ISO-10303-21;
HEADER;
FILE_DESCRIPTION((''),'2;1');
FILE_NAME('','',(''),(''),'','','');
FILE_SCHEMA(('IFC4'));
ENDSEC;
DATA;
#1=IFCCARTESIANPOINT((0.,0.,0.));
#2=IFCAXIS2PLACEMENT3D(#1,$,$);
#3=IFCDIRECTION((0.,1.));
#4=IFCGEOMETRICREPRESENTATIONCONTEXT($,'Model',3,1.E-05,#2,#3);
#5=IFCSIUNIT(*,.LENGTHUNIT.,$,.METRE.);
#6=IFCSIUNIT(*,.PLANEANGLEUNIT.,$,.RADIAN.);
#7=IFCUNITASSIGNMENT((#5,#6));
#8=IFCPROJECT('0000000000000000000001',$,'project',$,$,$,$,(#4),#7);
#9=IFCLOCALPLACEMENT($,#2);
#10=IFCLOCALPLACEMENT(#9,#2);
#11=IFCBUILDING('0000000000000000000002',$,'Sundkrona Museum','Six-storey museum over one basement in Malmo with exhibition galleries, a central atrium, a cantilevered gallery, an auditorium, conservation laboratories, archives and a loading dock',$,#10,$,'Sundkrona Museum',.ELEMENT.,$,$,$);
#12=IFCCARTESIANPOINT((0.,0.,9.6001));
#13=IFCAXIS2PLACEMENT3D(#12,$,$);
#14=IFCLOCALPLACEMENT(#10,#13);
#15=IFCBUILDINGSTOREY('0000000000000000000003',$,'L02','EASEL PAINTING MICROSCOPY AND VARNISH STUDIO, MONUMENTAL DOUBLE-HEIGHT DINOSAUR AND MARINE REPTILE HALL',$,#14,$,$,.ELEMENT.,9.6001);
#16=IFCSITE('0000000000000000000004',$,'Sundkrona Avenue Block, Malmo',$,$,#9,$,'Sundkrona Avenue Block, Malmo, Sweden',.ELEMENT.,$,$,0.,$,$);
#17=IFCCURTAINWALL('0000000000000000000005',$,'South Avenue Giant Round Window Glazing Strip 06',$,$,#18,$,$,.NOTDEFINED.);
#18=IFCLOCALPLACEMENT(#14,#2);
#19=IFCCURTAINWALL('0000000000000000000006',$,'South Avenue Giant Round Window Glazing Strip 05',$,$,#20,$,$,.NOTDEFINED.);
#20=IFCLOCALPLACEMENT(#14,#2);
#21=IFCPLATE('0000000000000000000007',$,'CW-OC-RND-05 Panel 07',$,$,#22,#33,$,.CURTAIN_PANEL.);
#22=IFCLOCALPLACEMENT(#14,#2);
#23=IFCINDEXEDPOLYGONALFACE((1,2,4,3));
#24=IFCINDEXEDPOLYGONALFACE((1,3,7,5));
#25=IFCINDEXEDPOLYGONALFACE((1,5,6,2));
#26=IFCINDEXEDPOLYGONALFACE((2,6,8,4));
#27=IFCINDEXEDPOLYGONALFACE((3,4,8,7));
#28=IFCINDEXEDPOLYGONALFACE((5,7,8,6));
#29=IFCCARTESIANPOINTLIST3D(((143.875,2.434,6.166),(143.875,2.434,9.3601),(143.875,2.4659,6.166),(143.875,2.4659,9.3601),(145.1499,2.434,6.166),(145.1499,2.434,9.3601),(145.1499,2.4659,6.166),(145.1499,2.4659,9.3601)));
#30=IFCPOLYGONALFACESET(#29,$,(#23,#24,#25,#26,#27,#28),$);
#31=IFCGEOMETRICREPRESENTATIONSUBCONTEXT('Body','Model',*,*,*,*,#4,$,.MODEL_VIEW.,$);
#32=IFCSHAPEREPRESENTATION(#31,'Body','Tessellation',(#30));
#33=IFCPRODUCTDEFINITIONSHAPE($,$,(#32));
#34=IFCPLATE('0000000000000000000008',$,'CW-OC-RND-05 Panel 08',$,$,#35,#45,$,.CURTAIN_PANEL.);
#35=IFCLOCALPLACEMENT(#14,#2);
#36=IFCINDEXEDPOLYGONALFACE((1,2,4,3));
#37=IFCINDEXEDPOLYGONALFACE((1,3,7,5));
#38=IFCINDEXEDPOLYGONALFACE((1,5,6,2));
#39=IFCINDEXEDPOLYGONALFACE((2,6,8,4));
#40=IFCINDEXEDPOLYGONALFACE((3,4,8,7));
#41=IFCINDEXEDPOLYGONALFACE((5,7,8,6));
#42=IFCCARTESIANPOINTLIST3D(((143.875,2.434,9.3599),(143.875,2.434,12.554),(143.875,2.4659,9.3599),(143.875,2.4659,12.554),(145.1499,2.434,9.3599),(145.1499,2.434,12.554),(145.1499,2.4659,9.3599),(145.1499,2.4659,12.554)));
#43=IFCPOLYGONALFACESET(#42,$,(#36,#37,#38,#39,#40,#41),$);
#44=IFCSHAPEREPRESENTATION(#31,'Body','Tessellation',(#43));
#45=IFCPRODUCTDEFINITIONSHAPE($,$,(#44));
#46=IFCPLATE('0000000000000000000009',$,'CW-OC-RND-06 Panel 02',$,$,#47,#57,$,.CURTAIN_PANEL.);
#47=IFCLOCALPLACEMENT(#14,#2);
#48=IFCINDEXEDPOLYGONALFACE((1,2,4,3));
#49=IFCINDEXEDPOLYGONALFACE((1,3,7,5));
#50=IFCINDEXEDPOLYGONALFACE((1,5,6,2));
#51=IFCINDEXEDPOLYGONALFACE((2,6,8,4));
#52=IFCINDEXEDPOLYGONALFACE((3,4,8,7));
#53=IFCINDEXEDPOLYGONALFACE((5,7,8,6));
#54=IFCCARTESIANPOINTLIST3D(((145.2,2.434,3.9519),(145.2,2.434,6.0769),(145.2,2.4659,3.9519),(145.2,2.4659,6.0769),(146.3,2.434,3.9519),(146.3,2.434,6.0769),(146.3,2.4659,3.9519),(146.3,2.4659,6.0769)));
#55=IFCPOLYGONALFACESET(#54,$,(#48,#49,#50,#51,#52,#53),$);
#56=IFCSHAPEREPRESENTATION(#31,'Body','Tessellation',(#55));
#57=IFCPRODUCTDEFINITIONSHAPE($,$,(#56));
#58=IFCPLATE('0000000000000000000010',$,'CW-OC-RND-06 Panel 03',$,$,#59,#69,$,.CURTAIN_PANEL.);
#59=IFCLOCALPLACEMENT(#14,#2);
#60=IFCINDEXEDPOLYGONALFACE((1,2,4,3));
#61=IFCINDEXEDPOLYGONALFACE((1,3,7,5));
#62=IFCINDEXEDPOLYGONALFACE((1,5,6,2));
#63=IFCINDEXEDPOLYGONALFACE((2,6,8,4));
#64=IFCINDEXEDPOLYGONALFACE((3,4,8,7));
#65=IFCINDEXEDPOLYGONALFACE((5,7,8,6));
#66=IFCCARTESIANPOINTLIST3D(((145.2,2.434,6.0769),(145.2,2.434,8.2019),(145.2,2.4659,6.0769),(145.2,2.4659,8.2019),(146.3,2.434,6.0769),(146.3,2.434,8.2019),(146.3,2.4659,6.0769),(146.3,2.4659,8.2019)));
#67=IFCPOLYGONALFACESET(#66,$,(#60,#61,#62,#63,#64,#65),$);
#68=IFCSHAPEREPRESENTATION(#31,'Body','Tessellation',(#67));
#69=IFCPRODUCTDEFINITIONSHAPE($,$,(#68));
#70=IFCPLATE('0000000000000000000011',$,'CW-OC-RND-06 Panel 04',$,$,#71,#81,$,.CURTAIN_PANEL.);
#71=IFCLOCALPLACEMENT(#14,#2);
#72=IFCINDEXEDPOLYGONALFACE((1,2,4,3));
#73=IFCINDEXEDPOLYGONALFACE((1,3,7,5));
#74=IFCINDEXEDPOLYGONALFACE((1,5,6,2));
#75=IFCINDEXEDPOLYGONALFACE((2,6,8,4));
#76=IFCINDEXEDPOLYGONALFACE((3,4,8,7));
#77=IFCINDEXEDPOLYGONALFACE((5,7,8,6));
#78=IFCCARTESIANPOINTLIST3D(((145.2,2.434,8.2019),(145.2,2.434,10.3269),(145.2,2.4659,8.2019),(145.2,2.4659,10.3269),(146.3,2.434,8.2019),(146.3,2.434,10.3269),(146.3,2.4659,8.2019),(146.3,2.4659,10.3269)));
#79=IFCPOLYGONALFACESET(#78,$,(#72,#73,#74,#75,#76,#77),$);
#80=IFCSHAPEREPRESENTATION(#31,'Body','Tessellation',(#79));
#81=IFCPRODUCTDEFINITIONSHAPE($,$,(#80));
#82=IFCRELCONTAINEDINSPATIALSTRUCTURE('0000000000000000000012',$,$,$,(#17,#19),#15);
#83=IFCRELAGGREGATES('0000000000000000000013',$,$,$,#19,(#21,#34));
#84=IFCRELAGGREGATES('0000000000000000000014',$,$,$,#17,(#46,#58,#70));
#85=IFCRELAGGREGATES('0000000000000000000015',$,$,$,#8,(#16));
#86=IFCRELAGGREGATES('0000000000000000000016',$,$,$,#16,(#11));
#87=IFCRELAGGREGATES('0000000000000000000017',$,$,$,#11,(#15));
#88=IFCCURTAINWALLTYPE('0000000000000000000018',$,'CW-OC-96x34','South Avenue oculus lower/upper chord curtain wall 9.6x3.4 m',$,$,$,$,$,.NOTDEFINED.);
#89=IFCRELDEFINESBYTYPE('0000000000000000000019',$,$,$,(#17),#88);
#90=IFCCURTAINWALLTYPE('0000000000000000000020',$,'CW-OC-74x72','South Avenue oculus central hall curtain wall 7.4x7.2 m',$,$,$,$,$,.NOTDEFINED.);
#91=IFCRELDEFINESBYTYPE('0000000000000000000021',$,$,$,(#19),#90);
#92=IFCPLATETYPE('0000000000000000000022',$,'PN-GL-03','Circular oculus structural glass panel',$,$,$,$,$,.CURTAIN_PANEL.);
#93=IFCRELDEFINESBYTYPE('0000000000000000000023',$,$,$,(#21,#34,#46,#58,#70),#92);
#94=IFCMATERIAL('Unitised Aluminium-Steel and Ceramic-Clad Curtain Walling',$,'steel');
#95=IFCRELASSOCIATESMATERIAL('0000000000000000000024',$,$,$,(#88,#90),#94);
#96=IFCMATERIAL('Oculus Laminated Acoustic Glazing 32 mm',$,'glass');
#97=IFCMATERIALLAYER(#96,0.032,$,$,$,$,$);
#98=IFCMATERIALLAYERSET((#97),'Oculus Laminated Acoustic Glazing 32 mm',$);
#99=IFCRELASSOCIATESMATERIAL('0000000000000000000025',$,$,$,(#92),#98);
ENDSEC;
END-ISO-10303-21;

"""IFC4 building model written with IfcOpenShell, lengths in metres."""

from ifc_helpers import new_model, si_unit, direction, frame, origin, origin_2d, place, context, subcontext, project, spatial, rectangle, extrude, material, layer, layer_set, type_object, element, aggregate, save


model = new_model("IFC4")

# Units and contexts
model_context = context("Model", 3, precision=1e-05, world=origin(), true_north=direction((0.0, 1.0)))
body_context = subcontext(model_context, "Body", "Model", "MODEL_VIEW")
ifc_project = project(units=[si_unit("LENGTHUNIT", "METRE"), si_unit("PLANEANGLEUNIT", "RADIAN")], contexts=[model_context])

# Site, building, storey
site_placement = place(None, origin())
site = spatial("IfcSite", under=ifc_project, at=site_placement, Name="Sundkrona Avenue Block, Malmo", LongName="Sundkrona Avenue Block, Malmo, Sweden", CompositionType="ELEMENT", RefElevation=0.0)
building_placement = place(site_placement, origin())
building = spatial("IfcBuilding", under=site, at=building_placement, Name="Sundkrona Museum", Description="Six-storey museum over one basement in Malmo with exhibition galleries, a central atrium, a cantilevered gallery, an auditorium, conservation laboratories, archives and a loading dock", LongName="Sundkrona Museum", CompositionType="ELEMENT")
storey_placement = place(building_placement, frame((0.0, 0.0, 9.6001)))
storey = spatial("IfcBuildingStorey", under=building, at=storey_placement, Name="L02", Description="EASEL PAINTING MICROSCOPY AND VARNISH STUDIO, MONUMENTAL DOUBLE-HEIGHT DINOSAUR AND MARINE REPTILE HALL", CompositionType="ELEMENT", Elevation=9.6001)

# Curtain walls
ifc_material_1 = material(Name="Unitised Aluminium-Steel and Ceramic-Clad Curtain Walling", Category="steel")
curtain_wall_type_1 = type_object("IfcCurtainWallType", Name="CW-OC-96x34", Description="South Avenue oculus lower/upper chord curtain wall 9.6x3.4 m", PredefinedType="NOTDEFINED", material=ifc_material_1)
curtain_wall_1_placement = place(storey_placement, origin())
curtain_wall_1 = element("IfcCurtainWall", 1, at=curtain_wall_1_placement, inside=storey, type_object=curtain_wall_type_1, Name="South Avenue Giant Round Window Glazing Strip 06", PredefinedType="NOTDEFINED")
curtain_wall_type_2 = type_object("IfcCurtainWallType", Name="CW-OC-74x72", Description="South Avenue oculus central hall curtain wall 7.4x7.2 m", PredefinedType="NOTDEFINED", material=ifc_material_1)
curtain_wall_2_placement = place(storey_placement, origin())
curtain_wall_2 = element("IfcCurtainWall", 2, at=curtain_wall_2_placement, inside=storey, type_object=curtain_wall_type_2, Name="South Avenue Giant Round Window Glazing Strip 05", PredefinedType="NOTDEFINED")

# Shared definitions
ifc_material_2 = material(Name="Oculus Laminated Acoustic Glazing 32 mm", Category="glass")
ifc_layer = layer(ifc_material_2, 0.032)
ifc_layer_set = layer_set([ifc_layer], Name="Oculus Laminated Acoustic Glazing 32 mm")
plate_type = type_object("IfcPlateType", Name="PN-GL-03", Description="Circular oculus structural glass panel", PredefinedType="CURTAIN_PANEL", material=ifc_layer_set)

# Plates
plate_1_placement = place(storey_placement, frame((144.5125, 2.45, 6.166), z_axis=(0.0, 0.0, 1.0), x_axis=(1.0, 0.0, 0.0)))
plate_1 = element("IfcPlate", 3, at=plate_1_placement, type_object=plate_type, Name="CW-OC-RND-05 Panel 07", PredefinedType="CURTAIN_PANEL", context=body_context, shape_type="SweptSolid", body=[
    extrude(rectangle(XDim=1.2749, YDim=0.032, at=origin_2d()), origin(), (0.0, 0.0, 1.0), 3.1941),
])
plate_2_placement = place(storey_placement, frame((144.5125, 2.45, 9.3599), z_axis=(0.0, 0.0, 1.0), x_axis=(1.0, 0.0, 0.0)))
plate_2 = element("IfcPlate", 4, at=plate_2_placement, type_object=plate_type, Name="CW-OC-RND-05 Panel 08", PredefinedType="CURTAIN_PANEL", context=body_context, shape_type="SweptSolid", body=[
    extrude(rectangle(XDim=1.2749, YDim=0.032, at=origin_2d()), origin(), (0.0, 0.0, 1.0), 3.1941),
])
aggregate(curtain_wall_2, [plate_1, plate_2])
plate_3_placement = place(storey_placement, frame((145.75, 2.45, 3.9519), z_axis=(0.0, 0.0, 1.0), x_axis=(1.0, 0.0, 0.0)))
plate_3 = element("IfcPlate", 5, at=plate_3_placement, type_object=plate_type, Name="CW-OC-RND-06 Panel 02", PredefinedType="CURTAIN_PANEL", context=body_context, shape_type="SweptSolid", body=[
    extrude(rectangle(XDim=1.1001, YDim=0.032, at=origin_2d()), origin(), (0.0, 0.0, 1.0), 2.125),
])
plate_4_placement = place(storey_placement, frame((145.75, 2.45, 6.0769), z_axis=(0.0, 0.0, 1.0), x_axis=(1.0, 0.0, 0.0)))
plate_4 = element("IfcPlate", 6, at=plate_4_placement, type_object=plate_type, Name="CW-OC-RND-06 Panel 03", PredefinedType="CURTAIN_PANEL", context=body_context, shape_type="SweptSolid", body=[
    extrude(rectangle(XDim=1.1001, YDim=0.032, at=origin_2d()), origin(), (0.0, 0.0, 1.0), 2.125),
])
plate_5_placement = place(storey_placement, frame((145.75, 2.45, 8.2019), z_axis=(0.0, 0.0, 1.0), x_axis=(1.0, 0.0, 0.0)))
plate_5 = element("IfcPlate", 7, at=plate_5_placement, type_object=plate_type, Name="CW-OC-RND-06 Panel 04", PredefinedType="CURTAIN_PANEL", context=body_context, shape_type="SweptSolid", body=[
    extrude(rectangle(XDim=1.1001, YDim=0.032, at=origin_2d()), origin(), (0.0, 0.0, 1.0), 2.125),
])
aggregate(curtain_wall_1, [plate_3, plate_4, plate_5])

save(model, "model.ifc")
